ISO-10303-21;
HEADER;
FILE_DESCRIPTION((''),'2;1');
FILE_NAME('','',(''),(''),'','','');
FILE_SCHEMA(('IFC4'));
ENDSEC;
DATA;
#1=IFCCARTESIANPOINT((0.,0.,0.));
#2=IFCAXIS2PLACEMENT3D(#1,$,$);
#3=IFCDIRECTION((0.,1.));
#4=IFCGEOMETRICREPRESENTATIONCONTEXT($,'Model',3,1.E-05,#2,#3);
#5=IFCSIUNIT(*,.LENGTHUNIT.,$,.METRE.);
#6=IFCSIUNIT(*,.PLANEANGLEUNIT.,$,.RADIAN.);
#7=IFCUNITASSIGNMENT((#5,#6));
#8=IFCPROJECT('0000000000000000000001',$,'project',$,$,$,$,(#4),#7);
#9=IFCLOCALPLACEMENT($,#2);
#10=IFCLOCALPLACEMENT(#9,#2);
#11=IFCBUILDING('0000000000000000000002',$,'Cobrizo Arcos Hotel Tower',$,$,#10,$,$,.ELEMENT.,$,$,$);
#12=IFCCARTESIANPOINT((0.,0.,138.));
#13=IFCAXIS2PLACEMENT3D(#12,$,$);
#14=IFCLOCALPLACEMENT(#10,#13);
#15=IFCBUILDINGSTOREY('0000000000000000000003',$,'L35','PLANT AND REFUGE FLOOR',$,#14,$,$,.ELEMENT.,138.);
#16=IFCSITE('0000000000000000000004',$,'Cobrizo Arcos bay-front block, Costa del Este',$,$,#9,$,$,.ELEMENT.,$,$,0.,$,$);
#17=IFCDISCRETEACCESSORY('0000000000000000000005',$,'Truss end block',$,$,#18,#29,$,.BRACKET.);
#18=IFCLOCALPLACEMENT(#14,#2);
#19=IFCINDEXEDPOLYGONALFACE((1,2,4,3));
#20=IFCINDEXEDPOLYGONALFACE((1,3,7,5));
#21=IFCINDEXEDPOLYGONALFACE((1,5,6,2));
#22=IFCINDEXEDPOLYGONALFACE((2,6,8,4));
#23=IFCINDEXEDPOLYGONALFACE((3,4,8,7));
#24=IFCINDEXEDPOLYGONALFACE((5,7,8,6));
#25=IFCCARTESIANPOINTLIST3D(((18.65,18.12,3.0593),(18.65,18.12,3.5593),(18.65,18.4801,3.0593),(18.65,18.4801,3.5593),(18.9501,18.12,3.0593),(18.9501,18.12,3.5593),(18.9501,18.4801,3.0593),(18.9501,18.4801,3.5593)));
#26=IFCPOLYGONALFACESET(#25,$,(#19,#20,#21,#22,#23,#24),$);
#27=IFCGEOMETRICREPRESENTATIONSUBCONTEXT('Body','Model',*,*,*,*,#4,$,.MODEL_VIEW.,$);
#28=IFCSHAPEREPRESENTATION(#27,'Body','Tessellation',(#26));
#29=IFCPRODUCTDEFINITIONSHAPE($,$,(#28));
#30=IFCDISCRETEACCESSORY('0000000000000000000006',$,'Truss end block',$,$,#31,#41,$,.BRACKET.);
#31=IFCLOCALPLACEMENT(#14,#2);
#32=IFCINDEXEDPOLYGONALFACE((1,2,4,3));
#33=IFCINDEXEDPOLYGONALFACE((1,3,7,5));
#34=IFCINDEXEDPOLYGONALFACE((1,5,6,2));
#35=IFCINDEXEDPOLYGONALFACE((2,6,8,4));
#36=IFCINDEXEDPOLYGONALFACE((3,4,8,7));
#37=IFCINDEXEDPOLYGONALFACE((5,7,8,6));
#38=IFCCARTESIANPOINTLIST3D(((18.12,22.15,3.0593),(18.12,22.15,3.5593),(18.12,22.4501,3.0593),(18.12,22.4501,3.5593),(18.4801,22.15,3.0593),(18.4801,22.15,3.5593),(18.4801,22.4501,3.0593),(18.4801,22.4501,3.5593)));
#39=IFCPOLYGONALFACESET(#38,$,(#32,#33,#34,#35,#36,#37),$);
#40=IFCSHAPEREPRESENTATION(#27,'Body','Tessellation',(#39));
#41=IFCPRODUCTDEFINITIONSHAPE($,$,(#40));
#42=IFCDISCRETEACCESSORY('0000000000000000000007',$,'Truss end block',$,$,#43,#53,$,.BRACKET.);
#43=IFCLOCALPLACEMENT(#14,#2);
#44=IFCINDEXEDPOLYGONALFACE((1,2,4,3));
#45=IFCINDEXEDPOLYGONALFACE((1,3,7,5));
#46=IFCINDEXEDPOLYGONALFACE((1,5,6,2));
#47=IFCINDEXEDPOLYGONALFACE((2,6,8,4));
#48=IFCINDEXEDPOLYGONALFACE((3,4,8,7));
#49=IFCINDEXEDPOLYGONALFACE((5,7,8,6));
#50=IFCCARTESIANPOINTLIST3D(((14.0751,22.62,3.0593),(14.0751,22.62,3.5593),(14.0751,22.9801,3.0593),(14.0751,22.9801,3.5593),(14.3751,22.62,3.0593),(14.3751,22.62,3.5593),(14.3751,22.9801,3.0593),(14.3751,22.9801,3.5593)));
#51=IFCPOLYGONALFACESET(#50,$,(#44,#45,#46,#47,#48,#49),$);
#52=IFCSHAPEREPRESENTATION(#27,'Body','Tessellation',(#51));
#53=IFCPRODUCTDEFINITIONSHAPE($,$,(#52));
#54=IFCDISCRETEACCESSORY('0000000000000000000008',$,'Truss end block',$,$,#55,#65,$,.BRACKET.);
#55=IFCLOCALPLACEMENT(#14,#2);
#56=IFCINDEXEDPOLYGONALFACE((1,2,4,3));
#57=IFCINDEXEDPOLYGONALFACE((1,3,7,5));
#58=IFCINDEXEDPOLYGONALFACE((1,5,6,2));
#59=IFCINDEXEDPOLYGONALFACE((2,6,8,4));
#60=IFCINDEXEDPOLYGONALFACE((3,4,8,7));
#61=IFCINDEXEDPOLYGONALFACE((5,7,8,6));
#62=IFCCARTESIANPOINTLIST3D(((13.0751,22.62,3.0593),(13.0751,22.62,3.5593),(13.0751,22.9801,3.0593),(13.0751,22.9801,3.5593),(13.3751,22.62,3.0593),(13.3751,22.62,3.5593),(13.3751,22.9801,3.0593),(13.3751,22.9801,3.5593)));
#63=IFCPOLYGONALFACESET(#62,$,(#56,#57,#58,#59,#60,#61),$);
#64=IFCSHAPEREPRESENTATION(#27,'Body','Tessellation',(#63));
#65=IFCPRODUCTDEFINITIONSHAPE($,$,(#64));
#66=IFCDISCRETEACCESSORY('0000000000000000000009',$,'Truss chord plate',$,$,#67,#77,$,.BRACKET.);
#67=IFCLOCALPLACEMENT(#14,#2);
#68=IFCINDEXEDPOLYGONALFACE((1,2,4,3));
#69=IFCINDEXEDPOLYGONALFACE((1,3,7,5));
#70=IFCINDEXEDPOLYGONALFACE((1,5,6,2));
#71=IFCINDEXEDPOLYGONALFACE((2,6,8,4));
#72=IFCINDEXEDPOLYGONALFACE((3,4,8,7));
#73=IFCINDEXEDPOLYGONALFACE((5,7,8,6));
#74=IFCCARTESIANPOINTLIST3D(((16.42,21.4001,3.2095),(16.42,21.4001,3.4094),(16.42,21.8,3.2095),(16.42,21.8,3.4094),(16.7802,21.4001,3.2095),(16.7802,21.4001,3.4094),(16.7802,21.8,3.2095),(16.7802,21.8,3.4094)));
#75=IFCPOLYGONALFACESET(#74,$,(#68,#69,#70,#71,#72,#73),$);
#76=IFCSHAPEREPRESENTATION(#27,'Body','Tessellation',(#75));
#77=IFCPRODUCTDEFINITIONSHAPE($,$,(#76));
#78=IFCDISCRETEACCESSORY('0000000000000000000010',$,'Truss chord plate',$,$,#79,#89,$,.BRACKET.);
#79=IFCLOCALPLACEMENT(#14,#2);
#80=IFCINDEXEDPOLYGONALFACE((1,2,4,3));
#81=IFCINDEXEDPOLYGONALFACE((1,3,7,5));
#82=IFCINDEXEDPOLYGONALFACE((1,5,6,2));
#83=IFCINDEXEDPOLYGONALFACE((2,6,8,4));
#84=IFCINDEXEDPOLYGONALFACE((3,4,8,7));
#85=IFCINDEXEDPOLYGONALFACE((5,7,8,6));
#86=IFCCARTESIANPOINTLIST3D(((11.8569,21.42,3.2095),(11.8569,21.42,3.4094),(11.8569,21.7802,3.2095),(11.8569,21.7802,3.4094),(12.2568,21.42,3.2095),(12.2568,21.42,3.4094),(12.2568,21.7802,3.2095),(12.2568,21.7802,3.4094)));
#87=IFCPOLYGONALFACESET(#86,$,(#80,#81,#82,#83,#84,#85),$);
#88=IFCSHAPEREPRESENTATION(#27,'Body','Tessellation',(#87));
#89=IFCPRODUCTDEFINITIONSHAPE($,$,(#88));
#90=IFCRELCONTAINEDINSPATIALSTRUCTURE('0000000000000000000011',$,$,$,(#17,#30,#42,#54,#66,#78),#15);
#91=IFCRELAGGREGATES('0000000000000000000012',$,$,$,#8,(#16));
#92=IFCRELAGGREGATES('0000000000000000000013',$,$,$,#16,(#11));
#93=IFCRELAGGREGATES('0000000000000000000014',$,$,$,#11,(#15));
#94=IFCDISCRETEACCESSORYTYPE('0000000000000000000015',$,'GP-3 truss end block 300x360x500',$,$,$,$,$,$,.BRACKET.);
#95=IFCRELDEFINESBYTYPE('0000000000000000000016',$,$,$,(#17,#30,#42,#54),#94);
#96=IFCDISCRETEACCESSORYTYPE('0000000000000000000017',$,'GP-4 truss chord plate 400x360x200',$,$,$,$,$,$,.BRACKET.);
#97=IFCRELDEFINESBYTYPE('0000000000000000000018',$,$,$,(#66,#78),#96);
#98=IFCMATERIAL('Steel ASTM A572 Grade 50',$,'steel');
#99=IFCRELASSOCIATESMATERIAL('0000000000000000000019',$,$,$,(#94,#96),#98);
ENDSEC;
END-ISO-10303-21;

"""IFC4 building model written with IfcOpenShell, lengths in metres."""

from ifc_helpers import new_model, si_unit, direction, frame, origin, origin_2d, place, context, subcontext, project, spatial, rectangle, extrude, material, type_object, element, save


model = new_model("IFC4")

# Units and contexts
model_context = context("Model", 3, precision=1e-05, world=origin(), true_north=direction((0.0, 1.0)))
body_context = subcontext(model_context, "Body", "Model", "MODEL_VIEW")
ifc_project = project(units=[si_unit("LENGTHUNIT", "METRE"), si_unit("PLANEANGLEUNIT", "RADIAN")], contexts=[model_context])

# Site, building, storey
site_placement = place(None, origin())
site = spatial("IfcSite", under=ifc_project, at=site_placement, Name="Cobrizo Arcos bay-front block, Costa del Este", CompositionType="ELEMENT", RefElevation=0.0)
building_placement = place(site_placement, origin())
building = spatial("IfcBuilding", under=site, at=building_placement, Name="Cobrizo Arcos Hotel Tower", CompositionType="ELEMENT")
storey_placement = place(building_placement, frame((0.0, 0.0, 138.0)))
storey = spatial("IfcBuildingStorey", under=building, at=storey_placement, Name="L35", Description="PLANT AND REFUGE FLOOR", CompositionType="ELEMENT", Elevation=138.0)

# Discrete accessories
ifc_material_1 = material(Name="Steel ASTM A572 Grade 50", Category="steel")
discrete_accessory_type_1 = type_object("IfcDiscreteAccessoryType", Name="GP-3 truss end block 300x360x500", PredefinedType="BRACKET", material=ifc_material_1)
for number, where, z_axis, x_axis, name in (
    (1, (18.8, 18.3, 3.0593), (0.0, 0.0, 1.0), (1.0, 0.0, 0.0), "Truss end block"),
    (2, (18.3, 22.3, 3.0593), (0.0, 0.0, 1.0), (0.0, -1.0, 0.0), "Truss end block"),
    (3, (14.2251, 22.8, 3.0593), (0.0, 0.0, 1.0), (1.0, 0.0, 0.0), "Truss end block"),
    (4, (13.2251, 22.8, 3.0593), (0.0, 0.0, 1.0), (-1.0, 0.0, 0.0), "Truss end block"),
):
    element("IfcDiscreteAccessory", number, at=place(storey_placement, frame(where, z_axis=z_axis, x_axis=x_axis)), inside=storey, type_object=discrete_accessory_type_1, Name=name, PredefinedType="BRACKET", context=body_context, shape_type="SweptSolid", body=[
        extrude(rectangle(XDim=0.3, YDim=0.3601, at=origin_2d()), origin(), (0.0, 0.0, 1.0), 0.5),
    ])
discrete_accessory_type_2 = type_object("IfcDiscreteAccessoryType", Name="GP-4 truss chord plate 400x360x200", PredefinedType="BRACKET", material=ifc_material_1)
for number, where, z_axis, x_axis, name in (
    (5, (16.6001, 21.6001, 3.2095), (0.0, 0.0, 1.0), (0.0, 1.0, 0.0), "Truss chord plate"),
    (6, (12.0569, 21.6001, 3.2095), (0.0, 0.0, 1.0), (-1.0, 0.0, 0.0), "Truss chord plate"),
):
    element("IfcDiscreteAccessory", number, at=place(storey_placement, frame(where, z_axis=z_axis, x_axis=x_axis)), inside=storey, type_object=discrete_accessory_type_2, Name=name, PredefinedType="BRACKET", context=body_context, shape_type="SweptSolid", body=[
        extrude(rectangle(XDim=0.3999, YDim=0.3601, at=origin_2d()), origin(), (0.0, 0.0, 1.0), 0.2),
    ])

save(model, "model.ifc")
